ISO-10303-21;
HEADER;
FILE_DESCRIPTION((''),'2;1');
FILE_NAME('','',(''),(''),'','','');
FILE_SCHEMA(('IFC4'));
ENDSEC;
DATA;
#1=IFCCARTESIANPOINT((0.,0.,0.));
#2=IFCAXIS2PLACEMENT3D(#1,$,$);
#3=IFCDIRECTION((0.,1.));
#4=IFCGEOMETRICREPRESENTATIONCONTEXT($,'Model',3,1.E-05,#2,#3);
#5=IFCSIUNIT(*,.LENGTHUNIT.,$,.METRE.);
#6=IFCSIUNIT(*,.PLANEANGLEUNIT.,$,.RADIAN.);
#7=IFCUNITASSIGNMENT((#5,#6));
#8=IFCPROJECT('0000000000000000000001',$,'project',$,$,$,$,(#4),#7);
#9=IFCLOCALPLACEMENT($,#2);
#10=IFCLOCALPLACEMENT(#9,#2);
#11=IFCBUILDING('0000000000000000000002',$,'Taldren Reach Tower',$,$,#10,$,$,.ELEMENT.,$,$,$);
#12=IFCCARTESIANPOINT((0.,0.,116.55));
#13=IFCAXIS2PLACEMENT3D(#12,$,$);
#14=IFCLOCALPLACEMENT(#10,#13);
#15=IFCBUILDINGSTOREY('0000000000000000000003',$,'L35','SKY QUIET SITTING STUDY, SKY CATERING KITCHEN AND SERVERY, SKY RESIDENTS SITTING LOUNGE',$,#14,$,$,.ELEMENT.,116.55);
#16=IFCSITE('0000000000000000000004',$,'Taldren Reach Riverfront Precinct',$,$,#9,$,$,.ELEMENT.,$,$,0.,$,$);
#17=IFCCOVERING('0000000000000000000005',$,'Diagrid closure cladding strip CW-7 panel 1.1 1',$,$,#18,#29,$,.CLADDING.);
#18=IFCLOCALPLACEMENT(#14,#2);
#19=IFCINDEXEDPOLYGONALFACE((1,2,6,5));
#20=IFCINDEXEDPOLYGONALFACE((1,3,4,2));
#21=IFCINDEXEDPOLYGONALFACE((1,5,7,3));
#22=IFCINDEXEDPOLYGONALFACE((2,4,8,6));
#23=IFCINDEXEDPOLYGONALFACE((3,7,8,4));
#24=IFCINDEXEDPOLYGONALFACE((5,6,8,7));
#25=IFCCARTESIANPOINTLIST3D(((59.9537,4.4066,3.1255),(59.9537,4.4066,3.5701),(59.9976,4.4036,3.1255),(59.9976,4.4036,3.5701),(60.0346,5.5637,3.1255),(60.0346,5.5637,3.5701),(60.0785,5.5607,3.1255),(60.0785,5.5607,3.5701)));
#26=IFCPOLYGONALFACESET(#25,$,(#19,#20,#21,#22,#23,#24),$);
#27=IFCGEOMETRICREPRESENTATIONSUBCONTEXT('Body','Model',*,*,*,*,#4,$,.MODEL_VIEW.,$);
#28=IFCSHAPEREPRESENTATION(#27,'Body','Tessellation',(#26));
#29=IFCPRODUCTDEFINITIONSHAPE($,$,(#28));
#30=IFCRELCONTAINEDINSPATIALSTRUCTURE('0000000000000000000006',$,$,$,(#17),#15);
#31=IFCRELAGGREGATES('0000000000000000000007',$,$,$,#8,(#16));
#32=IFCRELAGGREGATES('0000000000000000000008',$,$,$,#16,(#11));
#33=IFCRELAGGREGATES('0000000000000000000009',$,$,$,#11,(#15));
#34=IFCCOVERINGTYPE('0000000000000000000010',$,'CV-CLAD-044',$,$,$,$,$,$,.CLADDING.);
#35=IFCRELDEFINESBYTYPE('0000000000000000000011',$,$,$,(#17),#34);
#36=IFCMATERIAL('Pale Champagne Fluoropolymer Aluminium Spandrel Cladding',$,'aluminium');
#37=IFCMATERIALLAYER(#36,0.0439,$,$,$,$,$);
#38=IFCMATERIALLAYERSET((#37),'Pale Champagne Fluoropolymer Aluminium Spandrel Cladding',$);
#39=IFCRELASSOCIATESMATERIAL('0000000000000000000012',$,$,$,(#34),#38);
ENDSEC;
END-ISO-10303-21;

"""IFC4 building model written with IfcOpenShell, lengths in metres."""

from ifc_helpers import new_model, si_unit, direction, frame, origin, origin_2d, place, context, subcontext, project, spatial, rectangle, extrude, source, transform, mapped, material, layer, layer_set, type_object, element, save


model = new_model("IFC4")

# Units and contexts
model_context = context("Model", 3, precision=1e-05, world=origin(), true_north=direction((0.0, 1.0)))
body_context = subcontext(model_context, "Body", "Model", "MODEL_VIEW")
ifc_project = project(units=[si_unit("LENGTHUNIT", "METRE"), si_unit("PLANEANGLEUNIT", "RADIAN")], contexts=[model_context])

# Site, building, storey
site_placement = place(None, origin())
site = spatial("IfcSite", under=ifc_project, at=site_placement, Name="Taldren Reach Riverfront Precinct", CompositionType="ELEMENT", RefElevation=0.0)
building_placement = place(site_placement, origin())
building = spatial("IfcBuilding", under=site, at=building_placement, Name="Taldren Reach Tower", CompositionType="ELEMENT")
storey_placement = place(building_placement, frame((0.0, 0.0, 116.55)))
storey = spatial("IfcBuildingStorey", under=building, at=storey_placement, Name="L35", Description="SKY QUIET SITTING STUDY, SKY CATERING KITCHEN AND SERVERY, SKY RESIDENTS SITTING LOUNGE", CompositionType="ELEMENT", Elevation=116.55)

# Covering
ifc_material_1 = material(Name="Pale Champagne Fluoropolymer Aluminium Spandrel Cladding", Category="aluminium")
ifc_layer_1 = layer(ifc_material_1, 0.0439)
ifc_layer_set_1 = layer_set([ifc_layer_1], Name="Pale Champagne Fluoropolymer Aluminium Spandrel Cladding")
covering_type = type_object("IfcCoveringType", Name="CV-CLAD-044", PredefinedType="CLADDING", material=ifc_layer_set_1)
shared_shape_1 = source(origin(), body_context, "Body", "SweptSolid", [
    extrude(rectangle(XDim=1.1599, YDim=0.0439, at=origin_2d()), origin(), (0.0, 0.0, 1.0), 0.4446),
])
covering_placement = place(storey_placement, frame((60.0161, 4.9836, 3.1255), z_axis=(0.0, 0.0, 1.0), x_axis=(0.069756, 0.997564, 0.0)))
element("IfcCovering", 1, at=covering_placement, inside=storey, type_object=covering_type, Name="Diagrid closure cladding strip CW-7 panel 1.1 1", PredefinedType="CLADDING", context=body_context, shape_type="MappedRepresentation", body=[
    mapped(shared_shape_1, transform((0.0, 0.0, 0.0), scale=1.0)),
])

save(model, "model.ifc")
